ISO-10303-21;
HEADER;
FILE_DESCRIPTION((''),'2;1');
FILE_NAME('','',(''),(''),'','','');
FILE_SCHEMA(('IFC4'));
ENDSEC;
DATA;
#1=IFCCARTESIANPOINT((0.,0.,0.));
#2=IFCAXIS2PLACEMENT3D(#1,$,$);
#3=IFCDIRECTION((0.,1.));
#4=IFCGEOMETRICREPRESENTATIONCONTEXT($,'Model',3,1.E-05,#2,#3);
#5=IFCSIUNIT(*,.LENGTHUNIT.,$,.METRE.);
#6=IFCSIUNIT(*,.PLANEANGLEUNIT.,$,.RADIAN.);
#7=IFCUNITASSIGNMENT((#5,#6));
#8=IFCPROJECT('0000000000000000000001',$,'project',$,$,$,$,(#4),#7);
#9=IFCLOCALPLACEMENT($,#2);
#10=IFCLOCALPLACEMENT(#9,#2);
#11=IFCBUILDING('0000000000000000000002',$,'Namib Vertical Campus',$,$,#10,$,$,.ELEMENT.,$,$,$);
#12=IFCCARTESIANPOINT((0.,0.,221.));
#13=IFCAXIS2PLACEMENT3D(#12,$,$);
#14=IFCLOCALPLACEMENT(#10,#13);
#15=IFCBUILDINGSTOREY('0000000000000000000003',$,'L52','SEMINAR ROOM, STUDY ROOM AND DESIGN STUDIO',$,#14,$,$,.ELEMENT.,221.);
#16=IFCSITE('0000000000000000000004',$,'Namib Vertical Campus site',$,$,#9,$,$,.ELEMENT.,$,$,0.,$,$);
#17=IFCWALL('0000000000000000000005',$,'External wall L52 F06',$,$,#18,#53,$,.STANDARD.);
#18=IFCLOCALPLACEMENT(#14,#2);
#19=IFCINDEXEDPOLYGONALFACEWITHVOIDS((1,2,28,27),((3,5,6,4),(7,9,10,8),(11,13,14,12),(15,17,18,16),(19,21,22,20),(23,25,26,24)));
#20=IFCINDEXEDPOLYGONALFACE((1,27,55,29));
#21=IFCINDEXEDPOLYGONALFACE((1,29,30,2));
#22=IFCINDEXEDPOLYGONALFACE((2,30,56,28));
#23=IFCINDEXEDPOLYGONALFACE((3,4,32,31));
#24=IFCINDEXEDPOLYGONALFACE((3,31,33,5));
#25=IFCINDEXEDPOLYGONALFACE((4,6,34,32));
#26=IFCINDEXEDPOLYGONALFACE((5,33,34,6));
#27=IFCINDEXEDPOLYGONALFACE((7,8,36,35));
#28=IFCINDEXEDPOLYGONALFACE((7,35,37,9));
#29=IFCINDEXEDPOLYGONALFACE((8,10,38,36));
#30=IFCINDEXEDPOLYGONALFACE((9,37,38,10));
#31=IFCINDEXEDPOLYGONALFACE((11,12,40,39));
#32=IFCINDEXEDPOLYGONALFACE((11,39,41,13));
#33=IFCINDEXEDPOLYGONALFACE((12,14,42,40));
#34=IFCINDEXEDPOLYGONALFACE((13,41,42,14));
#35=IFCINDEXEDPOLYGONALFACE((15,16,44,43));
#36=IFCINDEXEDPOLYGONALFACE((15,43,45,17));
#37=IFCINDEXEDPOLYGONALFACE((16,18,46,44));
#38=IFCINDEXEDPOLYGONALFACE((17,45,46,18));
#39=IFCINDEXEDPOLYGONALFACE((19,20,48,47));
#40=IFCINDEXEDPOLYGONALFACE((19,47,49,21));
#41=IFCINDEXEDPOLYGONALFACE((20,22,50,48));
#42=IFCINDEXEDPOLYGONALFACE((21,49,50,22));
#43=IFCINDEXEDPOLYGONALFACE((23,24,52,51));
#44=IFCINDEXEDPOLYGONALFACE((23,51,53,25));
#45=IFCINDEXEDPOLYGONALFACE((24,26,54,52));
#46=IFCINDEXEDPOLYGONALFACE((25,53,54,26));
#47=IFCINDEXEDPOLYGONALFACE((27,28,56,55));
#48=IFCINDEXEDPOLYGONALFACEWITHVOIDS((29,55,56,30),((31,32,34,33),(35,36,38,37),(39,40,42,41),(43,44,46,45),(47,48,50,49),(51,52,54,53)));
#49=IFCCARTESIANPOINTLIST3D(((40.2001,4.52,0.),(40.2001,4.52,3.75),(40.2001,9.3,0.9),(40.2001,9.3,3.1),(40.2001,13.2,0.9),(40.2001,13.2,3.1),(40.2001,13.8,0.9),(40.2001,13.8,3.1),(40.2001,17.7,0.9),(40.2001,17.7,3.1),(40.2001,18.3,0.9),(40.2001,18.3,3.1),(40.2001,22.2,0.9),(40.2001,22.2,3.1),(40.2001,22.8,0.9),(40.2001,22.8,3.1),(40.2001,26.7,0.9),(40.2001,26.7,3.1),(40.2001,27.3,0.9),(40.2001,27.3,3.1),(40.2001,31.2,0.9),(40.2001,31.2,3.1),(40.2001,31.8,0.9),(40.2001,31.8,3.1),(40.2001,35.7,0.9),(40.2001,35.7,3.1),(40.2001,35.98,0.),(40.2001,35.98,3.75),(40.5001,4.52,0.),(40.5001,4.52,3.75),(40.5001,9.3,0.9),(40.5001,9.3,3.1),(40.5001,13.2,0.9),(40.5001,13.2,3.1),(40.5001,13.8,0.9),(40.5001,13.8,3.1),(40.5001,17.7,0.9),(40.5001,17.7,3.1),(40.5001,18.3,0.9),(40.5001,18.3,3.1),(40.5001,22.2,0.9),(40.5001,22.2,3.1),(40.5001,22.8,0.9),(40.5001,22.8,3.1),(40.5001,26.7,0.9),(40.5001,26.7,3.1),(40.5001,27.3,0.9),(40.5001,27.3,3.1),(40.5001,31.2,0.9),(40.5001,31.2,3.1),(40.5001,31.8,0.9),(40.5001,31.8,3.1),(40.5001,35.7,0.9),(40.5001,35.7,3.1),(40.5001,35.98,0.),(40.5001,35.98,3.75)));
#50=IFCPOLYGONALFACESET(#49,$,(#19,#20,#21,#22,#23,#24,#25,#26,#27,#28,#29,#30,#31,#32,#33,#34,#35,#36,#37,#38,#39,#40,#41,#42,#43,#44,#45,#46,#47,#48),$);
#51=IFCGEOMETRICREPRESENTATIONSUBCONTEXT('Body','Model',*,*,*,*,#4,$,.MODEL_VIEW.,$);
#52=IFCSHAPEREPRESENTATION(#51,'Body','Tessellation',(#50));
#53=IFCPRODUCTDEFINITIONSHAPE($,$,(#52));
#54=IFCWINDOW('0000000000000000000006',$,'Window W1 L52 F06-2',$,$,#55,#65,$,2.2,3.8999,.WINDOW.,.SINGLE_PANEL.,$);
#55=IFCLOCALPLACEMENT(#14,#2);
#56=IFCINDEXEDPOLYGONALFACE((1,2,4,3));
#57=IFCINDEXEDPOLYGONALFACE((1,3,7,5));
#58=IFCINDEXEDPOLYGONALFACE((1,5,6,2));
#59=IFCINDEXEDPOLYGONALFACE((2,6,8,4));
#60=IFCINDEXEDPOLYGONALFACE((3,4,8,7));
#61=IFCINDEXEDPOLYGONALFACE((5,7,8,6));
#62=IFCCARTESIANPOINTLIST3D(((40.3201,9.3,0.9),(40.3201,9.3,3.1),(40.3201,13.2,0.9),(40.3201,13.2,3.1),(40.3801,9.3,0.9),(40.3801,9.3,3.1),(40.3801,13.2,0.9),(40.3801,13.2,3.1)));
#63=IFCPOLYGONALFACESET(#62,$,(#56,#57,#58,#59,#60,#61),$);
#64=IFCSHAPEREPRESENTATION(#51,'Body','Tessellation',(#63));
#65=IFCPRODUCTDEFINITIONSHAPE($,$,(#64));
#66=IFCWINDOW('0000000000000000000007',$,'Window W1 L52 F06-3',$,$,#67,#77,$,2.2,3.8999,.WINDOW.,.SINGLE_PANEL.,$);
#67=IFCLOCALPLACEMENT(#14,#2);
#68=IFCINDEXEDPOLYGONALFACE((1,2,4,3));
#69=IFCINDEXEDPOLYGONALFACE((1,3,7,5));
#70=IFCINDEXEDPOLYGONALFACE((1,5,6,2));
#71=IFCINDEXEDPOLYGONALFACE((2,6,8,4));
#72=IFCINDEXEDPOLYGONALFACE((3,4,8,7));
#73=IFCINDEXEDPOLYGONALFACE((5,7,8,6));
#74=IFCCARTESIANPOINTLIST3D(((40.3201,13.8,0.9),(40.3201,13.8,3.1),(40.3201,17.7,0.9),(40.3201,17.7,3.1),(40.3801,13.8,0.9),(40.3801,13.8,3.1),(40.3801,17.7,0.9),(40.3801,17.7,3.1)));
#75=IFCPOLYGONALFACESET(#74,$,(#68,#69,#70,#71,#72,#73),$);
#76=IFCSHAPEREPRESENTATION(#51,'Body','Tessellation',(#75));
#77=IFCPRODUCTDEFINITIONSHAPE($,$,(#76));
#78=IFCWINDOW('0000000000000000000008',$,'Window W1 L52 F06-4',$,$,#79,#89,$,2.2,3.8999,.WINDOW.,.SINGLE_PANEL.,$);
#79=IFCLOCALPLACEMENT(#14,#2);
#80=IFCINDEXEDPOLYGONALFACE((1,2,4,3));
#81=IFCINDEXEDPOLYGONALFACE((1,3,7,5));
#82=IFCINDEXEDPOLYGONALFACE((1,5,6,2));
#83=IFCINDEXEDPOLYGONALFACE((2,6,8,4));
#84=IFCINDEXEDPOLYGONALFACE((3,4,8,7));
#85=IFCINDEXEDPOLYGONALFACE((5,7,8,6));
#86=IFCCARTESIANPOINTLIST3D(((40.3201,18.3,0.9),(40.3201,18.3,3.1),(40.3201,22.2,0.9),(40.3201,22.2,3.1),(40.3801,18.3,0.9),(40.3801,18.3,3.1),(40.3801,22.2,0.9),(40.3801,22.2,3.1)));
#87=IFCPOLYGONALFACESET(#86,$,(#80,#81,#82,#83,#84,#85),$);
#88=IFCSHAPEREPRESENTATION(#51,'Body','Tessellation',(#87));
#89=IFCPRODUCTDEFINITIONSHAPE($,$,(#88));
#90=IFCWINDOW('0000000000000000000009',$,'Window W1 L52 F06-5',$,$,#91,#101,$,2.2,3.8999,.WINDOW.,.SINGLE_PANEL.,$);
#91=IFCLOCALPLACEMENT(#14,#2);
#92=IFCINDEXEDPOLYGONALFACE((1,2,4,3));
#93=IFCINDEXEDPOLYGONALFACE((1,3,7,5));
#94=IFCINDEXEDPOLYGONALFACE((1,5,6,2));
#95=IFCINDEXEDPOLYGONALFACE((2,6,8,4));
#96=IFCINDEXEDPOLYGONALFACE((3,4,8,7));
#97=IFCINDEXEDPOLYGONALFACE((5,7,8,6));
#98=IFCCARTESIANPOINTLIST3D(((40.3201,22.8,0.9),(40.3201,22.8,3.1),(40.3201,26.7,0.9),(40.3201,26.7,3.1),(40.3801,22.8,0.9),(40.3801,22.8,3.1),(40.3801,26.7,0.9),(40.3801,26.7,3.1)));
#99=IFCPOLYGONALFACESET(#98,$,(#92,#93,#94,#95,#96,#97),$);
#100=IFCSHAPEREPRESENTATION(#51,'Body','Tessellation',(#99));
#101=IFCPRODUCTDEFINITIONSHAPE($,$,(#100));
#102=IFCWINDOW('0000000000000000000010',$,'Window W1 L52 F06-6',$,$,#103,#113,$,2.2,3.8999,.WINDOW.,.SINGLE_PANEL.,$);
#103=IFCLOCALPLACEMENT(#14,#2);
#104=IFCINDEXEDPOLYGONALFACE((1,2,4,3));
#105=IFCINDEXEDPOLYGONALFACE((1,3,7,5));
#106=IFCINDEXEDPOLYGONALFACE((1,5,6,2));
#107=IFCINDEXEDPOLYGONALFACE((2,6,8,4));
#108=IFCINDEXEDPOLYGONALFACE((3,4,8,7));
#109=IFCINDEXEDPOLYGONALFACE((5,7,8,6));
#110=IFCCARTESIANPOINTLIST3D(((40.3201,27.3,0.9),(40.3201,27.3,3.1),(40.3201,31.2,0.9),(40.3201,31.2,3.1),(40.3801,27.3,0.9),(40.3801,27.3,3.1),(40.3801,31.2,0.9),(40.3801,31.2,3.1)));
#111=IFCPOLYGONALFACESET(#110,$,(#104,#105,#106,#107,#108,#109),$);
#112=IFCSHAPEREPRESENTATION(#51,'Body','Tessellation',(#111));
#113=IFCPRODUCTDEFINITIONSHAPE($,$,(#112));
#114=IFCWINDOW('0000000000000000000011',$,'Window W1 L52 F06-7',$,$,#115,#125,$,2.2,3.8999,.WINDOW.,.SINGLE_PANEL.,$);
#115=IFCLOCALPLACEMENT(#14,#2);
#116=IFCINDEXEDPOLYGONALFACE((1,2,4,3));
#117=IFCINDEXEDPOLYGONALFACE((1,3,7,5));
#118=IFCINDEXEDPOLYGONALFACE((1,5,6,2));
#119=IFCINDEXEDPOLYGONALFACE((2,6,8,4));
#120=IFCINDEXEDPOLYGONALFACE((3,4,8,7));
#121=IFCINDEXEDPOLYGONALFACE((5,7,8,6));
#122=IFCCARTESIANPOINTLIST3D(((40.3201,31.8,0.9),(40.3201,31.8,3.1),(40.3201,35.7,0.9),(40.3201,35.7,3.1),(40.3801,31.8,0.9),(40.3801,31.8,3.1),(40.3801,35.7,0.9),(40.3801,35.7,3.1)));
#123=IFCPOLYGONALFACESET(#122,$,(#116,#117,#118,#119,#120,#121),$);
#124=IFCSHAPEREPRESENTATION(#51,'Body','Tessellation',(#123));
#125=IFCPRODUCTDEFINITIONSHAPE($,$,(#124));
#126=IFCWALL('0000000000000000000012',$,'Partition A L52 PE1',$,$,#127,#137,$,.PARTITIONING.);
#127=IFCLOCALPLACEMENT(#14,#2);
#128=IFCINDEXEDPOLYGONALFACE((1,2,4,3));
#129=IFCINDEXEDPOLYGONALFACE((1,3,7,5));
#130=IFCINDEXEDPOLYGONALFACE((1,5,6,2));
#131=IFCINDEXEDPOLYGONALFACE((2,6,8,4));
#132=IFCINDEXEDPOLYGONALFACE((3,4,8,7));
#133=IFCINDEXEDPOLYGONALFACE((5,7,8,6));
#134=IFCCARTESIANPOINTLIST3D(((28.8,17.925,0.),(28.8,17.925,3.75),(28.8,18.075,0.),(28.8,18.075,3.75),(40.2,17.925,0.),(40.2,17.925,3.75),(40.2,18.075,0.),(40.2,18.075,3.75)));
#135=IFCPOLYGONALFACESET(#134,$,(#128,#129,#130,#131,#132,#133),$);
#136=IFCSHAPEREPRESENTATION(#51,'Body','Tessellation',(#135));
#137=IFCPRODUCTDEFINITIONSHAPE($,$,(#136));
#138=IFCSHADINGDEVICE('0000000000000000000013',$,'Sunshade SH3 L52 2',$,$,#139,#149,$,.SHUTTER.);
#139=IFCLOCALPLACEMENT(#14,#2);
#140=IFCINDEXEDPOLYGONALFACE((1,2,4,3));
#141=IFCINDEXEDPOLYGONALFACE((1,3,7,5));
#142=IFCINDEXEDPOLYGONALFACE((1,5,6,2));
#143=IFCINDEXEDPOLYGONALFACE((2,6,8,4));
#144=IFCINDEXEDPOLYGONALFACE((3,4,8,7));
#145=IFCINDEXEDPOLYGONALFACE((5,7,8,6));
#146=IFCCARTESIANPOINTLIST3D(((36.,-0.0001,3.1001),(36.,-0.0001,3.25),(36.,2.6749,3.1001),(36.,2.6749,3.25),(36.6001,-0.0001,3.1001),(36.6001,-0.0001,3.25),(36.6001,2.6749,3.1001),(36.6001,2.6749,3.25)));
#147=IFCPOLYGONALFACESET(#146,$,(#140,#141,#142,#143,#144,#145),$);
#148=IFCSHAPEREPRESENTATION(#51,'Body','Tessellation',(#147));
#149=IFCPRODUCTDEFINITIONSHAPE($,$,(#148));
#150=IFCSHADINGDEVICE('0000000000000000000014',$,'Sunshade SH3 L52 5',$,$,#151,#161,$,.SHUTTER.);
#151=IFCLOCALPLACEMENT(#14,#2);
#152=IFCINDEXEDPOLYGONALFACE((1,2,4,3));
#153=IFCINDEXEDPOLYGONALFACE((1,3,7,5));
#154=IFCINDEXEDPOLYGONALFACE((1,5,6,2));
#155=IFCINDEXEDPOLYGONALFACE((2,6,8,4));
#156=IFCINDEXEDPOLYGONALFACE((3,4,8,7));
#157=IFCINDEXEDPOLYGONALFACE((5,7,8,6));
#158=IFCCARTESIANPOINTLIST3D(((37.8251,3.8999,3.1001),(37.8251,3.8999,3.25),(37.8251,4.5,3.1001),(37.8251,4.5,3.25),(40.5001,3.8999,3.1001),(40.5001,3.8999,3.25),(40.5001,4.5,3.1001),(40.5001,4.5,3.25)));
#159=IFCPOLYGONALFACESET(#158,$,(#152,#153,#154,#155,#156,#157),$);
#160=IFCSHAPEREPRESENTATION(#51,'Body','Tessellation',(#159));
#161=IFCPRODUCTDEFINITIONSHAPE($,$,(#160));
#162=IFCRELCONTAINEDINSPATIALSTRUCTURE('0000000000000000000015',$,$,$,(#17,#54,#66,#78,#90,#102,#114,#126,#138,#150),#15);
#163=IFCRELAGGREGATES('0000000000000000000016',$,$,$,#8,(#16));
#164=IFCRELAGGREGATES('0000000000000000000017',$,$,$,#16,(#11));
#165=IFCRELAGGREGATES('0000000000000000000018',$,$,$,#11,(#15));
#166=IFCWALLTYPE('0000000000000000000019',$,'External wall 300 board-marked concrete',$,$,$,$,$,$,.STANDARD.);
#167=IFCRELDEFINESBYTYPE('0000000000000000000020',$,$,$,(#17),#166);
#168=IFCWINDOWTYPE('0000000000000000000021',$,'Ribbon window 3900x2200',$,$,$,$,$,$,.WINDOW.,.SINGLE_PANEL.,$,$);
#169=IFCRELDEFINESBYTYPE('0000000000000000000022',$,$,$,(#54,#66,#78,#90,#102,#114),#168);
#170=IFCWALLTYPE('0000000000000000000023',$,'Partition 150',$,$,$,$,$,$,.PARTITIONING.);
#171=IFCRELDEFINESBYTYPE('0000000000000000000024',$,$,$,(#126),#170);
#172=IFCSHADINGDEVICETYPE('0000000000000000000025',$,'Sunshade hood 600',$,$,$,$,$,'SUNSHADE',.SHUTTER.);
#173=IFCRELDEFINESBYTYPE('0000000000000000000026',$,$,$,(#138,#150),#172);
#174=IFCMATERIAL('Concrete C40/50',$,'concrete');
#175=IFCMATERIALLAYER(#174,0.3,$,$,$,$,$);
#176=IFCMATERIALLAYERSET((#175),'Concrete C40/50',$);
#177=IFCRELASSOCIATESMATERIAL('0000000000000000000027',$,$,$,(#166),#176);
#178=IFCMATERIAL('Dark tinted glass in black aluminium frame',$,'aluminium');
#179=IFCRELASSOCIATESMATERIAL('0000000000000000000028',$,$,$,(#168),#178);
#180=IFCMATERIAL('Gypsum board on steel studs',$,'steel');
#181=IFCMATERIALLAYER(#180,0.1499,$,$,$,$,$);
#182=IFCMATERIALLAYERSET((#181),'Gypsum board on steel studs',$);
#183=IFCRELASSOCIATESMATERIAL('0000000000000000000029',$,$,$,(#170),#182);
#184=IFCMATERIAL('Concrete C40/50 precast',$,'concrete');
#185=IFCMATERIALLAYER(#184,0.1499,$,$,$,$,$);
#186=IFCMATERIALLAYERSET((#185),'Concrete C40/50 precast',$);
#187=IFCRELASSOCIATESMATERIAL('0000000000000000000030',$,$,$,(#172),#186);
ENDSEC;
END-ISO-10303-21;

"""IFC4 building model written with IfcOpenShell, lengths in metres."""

from ifc_helpers import new_model, si_unit, direction, frame, frame_2d, origin, origin_2d, place, context, subcontext, project, spatial, rectangle, extrude, material, layer, layer_set, type_object, element, fill, save


model = new_model("IFC4")

# Units and contexts
model_context = context("Model", 3, precision=1e-05, world=origin(), true_north=direction((0.0, 1.0)))
body_context = subcontext(model_context, "Body", "Model", "MODEL_VIEW")
ifc_project = project(units=[si_unit("LENGTHUNIT", "METRE"), si_unit("PLANEANGLEUNIT", "RADIAN")], contexts=[model_context])

# Site, building, storey
site_placement = place(None, origin())
site = spatial("IfcSite", under=ifc_project, at=site_placement, Name="Namib Vertical Campus site", CompositionType="ELEMENT", RefElevation=0.0)
building_placement = place(site_placement, origin())
building = spatial("IfcBuilding", under=site, at=building_placement, Name="Namib Vertical Campus", CompositionType="ELEMENT")
storey_placement = place(building_placement, frame((0.0, 0.0, 221.0)))
storey = spatial("IfcBuildingStorey", under=building, at=storey_placement, Name="L52", Description="SEMINAR ROOM, STUDY ROOM AND DESIGN STUDIO", CompositionType="ELEMENT", Elevation=221.0)

# Shared definitions
ifc_material_1 = material(Name="Concrete C40/50", Category="concrete")
ifc_layer_1 = layer(ifc_material_1, 0.3)
ifc_layer_set_1 = layer_set([ifc_layer_1], Name="Concrete C40/50")
wall_type_1 = type_object("IfcWallType", Name="External wall 300 board-marked concrete", PredefinedType="STANDARD", material=ifc_layer_set_1)

# Wall, openings, windows
wall_1_placement = place(storey_placement, frame((40.3501, 4.52, 0.0), z_axis=(0.0, 0.0, 1.0), x_axis=(0.0, 1.0, 0.0)))
wall_1 = element("IfcWall", 1, at=wall_1_placement, inside=storey, type_object=wall_type_1, Name="External wall L52 F06", PredefinedType="STANDARD", context=body_context, shape_type="SweptSolid", body=[
    extrude(rectangle(XDim=31.46, YDim=0.3, at=frame_2d((15.73, 0.0))), origin(), (0.0, 0.0, 1.0), 3.75),
])
opening_1_placement = place(wall_1_placement, frame((4.78, 0.0, 0.8999)))
opening_1 = element("IfcOpeningElement", 2, at=opening_1_placement, cuts=wall_1, PredefinedType="OPENING", context=body_context, shape_type="SweptSolid", body=[
    extrude(rectangle(XDim=3.8999, YDim=2.2, at=frame_2d((1.95, 1.1001))), frame((0.0, 0.1599, 0.0), z_axis=(0.0, -1.0, 0.0), x_axis=(1.0, 0.0, 0.0)), (0.0, 0.0, 1.0), 0.3201),
])
opening_2_placement = place(wall_1_placement, frame((9.28, 0.0, 0.8999)))
opening_2 = element("IfcOpeningElement", 3, at=opening_2_placement, cuts=wall_1, PredefinedType="OPENING", context=body_context, shape_type="SweptSolid", body=[
    extrude(rectangle(XDim=3.8999, YDim=2.2, at=frame_2d((1.95, 1.1001))), frame((0.0, 0.1599, 0.0), z_axis=(0.0, -1.0, 0.0), x_axis=(1.0, 0.0, 0.0)), (0.0, 0.0, 1.0), 0.3201),
])
opening_3_placement = place(wall_1_placement, frame((13.78, 0.0, 0.8999)))
opening_3 = element("IfcOpeningElement", 4, at=opening_3_placement, cuts=wall_1, PredefinedType="OPENING", context=body_context, shape_type="SweptSolid", body=[
    extrude(rectangle(XDim=3.8999, YDim=2.2, at=frame_2d((1.95, 1.1001))), frame((0.0, 0.1599, 0.0), z_axis=(0.0, -1.0, 0.0), x_axis=(1.0, 0.0, 0.0)), (0.0, 0.0, 1.0), 0.3201),
])
opening_4_placement = place(wall_1_placement, frame((18.28, 0.0, 0.8999)))
opening_4 = element("IfcOpeningElement", 5, at=opening_4_placement, cuts=wall_1, PredefinedType="OPENING", context=body_context, shape_type="SweptSolid", body=[
    extrude(rectangle(XDim=3.8999, YDim=2.2, at=frame_2d((1.95, 1.1001))), frame((0.0, 0.1599, 0.0), z_axis=(0.0, -1.0, 0.0), x_axis=(1.0, 0.0, 0.0)), (0.0, 0.0, 1.0), 0.3201),
])
opening_5_placement = place(wall_1_placement, frame((22.78, 0.0, 0.8999)))
opening_5 = element("IfcOpeningElement", 6, at=opening_5_placement, cuts=wall_1, PredefinedType="OPENING", context=body_context, shape_type="SweptSolid", body=[
    extrude(rectangle(XDim=3.8999, YDim=2.2, at=frame_2d((1.95, 1.1001))), frame((0.0, 0.1599, 0.0), z_axis=(0.0, -1.0, 0.0), x_axis=(1.0, 0.0, 0.0)), (0.0, 0.0, 1.0), 0.3201),
])
opening_6_placement = place(wall_1_placement, frame((27.28, 0.0, 0.8999)))
opening_6 = element("IfcOpeningElement", 7, at=opening_6_placement, cuts=wall_1, PredefinedType="OPENING", context=body_context, shape_type="SweptSolid", body=[
    extrude(rectangle(XDim=3.8999, YDim=2.2, at=frame_2d((1.95, 1.1001))), frame((0.0, 0.1599, 0.0), z_axis=(0.0, -1.0, 0.0), x_axis=(1.0, 0.0, 0.0)), (0.0, 0.0, 1.0), 0.3201),
])
ifc_material_2 = material(Name="Dark tinted glass in black aluminium frame", Category="aluminium")
window_type = type_object("IfcWindowType", Name="Ribbon window 3900x2200", PartitioningType="SINGLE_PANEL", PredefinedType="WINDOW", material=ifc_material_2)
window_1_placement = place(opening_1_placement, origin())
window_1 = element("IfcWindow", 8, at=window_1_placement, inside=storey, type_object=window_type, Name="Window W1 L52 F06-2", OverallHeight=2.2, OverallWidth=3.8999, PartitioningType="SINGLE_PANEL", PredefinedType="WINDOW", context=body_context, shape_type="SweptSolid", body=[
    extrude(rectangle(XDim=3.8999, YDim=2.2, at=frame_2d((1.95, 1.1001))), frame((0.0, 0.03, 0.0), z_axis=(0.0, -1.0, 0.0), x_axis=(1.0, 0.0, 0.0)), (0.0, 0.0, 1.0), 0.0601),
])
fill(opening_1, window_1)
window_2_placement = place(opening_2_placement, origin())
window_2 = element("IfcWindow", 9, at=window_2_placement, inside=storey, type_object=window_type, Name="Window W1 L52 F06-3", OverallHeight=2.2, OverallWidth=3.8999, PartitioningType="SINGLE_PANEL", PredefinedType="WINDOW", context=body_context, shape_type="SweptSolid", body=[
    extrude(rectangle(XDim=3.8999, YDim=2.2, at=frame_2d((1.95, 1.1001))), frame((0.0, 0.03, 0.0), z_axis=(0.0, -1.0, 0.0), x_axis=(1.0, 0.0, 0.0)), (0.0, 0.0, 1.0), 0.0601),
])
fill(opening_2, window_2)
window_3_placement = place(opening_3_placement, origin())
window_3 = element("IfcWindow", 10, at=window_3_placement, inside=storey, type_object=window_type, Name="Window W1 L52 F06-4", OverallHeight=2.2, OverallWidth=3.8999, PartitioningType="SINGLE_PANEL", PredefinedType="WINDOW", context=body_context, shape_type="SweptSolid", body=[
    extrude(rectangle(XDim=3.8999, YDim=2.2, at=frame_2d((1.95, 1.1001))), frame((0.0, 0.03, 0.0), z_axis=(0.0, -1.0, 0.0), x_axis=(1.0, 0.0, 0.0)), (0.0, 0.0, 1.0), 0.0601),
])
fill(opening_3, window_3)
window_4_placement = place(opening_4_placement, origin())
window_4 = element("IfcWindow", 11, at=window_4_placement, inside=storey, type_object=window_type, Name="Window W1 L52 F06-5", OverallHeight=2.2, OverallWidth=3.8999, PartitioningType="SINGLE_PANEL", PredefinedType="WINDOW", context=body_context, shape_type="SweptSolid", body=[
    extrude(rectangle(XDim=3.8999, YDim=2.2, at=frame_2d((1.95, 1.1001))), frame((0.0, 0.03, 0.0), z_axis=(0.0, -1.0, 0.0), x_axis=(1.0, 0.0, 0.0)), (0.0, 0.0, 1.0), 0.0601),
])
fill(opening_4, window_4)
window_5_placement = place(opening_5_placement, origin())
window_5 = element("IfcWindow", 12, at=window_5_placement, inside=storey, type_object=window_type, Name="Window W1 L52 F06-6", OverallHeight=2.2, OverallWidth=3.8999, PartitioningType="SINGLE_PANEL", PredefinedType="WINDOW", context=body_context, shape_type="SweptSolid", body=[
    extrude(rectangle(XDim=3.8999, YDim=2.2, at=frame_2d((1.95, 1.1001))), frame((0.0, 0.03, 0.0), z_axis=(0.0, -1.0, 0.0), x_axis=(1.0, 0.0, 0.0)), (0.0, 0.0, 1.0), 0.0601),
])
fill(opening_5, window_5)
window_6_placement = place(opening_6_placement, origin())
window_6 = element("IfcWindow", 13, at=window_6_placement, inside=storey, type_object=window_type, Name="Window W1 L52 F06-7", OverallHeight=2.2, OverallWidth=3.8999, PartitioningType="SINGLE_PANEL", PredefinedType="WINDOW", context=body_context, shape_type="SweptSolid", body=[
    extrude(rectangle(XDim=3.8999, YDim=2.2, at=frame_2d((1.95, 1.1001))), frame((0.0, 0.03, 0.0), z_axis=(0.0, -1.0, 0.0), x_axis=(1.0, 0.0, 0.0)), (0.0, 0.0, 1.0), 0.0601),
])
fill(opening_6, window_6)

# Wall
ifc_material_3 = material(Name="Gypsum board on steel studs", Category="steel")
ifc_layer_2 = layer(ifc_material_3, 0.1499)
ifc_layer_set_2 = layer_set([ifc_layer_2], Name="Gypsum board on steel studs")
wall_type_2 = type_object("IfcWallType", Name="Partition 150", PredefinedType="PARTITIONING", material=ifc_layer_set_2)
wall_2_placement = place(storey_placement, frame((28.8, 18.0, 0.0), z_axis=(0.0, 0.0, 1.0), x_axis=(1.0, 0.0, 0.0)))
element("IfcWall", 14, at=wall_2_placement, inside=storey, type_object=wall_type_2, Name="Partition A L52 PE1", PredefinedType="PARTITIONING", context=body_context, shape_type="SweptSolid", body=[
    extrude(rectangle(XDim=11.3999, YDim=0.1499, at=frame_2d((5.7, 0.0))), origin(), (0.0, 0.0, 1.0), 3.75),
])

# Shading devices
ifc_material_4 = material(Name="Concrete C40/50 precast", Category="concrete")
ifc_layer_3 = layer(ifc_material_4, 0.1499)
ifc_layer_set_3 = layer_set([ifc_layer_3], Name="Concrete C40/50 precast")
shading_device_type = type_object("IfcShadingDeviceType", Name="Sunshade hood 600", ElementType="SUNSHADE", PredefinedType="SHUTTER", material=ifc_layer_set_3)
for number, where, z_axis, x_axis, name in (
    (15, (36.3, 1.3374, 3.1001), (0.0, 0.0, 1.0), (0.0, 1.0, 0.0), "Sunshade SH3 L52 2"),
    (16, (39.1626, 4.2, 3.1001), (0.0, 0.0, 1.0), (1.0, 0.0, 0.0), "Sunshade SH3 L52 5"),
):
    element("IfcShadingDevice", number, at=place(storey_placement, frame(where, z_axis=z_axis, x_axis=x_axis)), inside=storey, type_object=shading_device_type, Name=name, PredefinedType="SHUTTER", context=body_context, shape_type="SweptSolid", body=[
        extrude(rectangle(XDim=2.675, YDim=0.6001, at=origin_2d()), origin(), (0.0, 0.0, 1.0), 0.1499),
    ])

save(model, "model.ifc")
